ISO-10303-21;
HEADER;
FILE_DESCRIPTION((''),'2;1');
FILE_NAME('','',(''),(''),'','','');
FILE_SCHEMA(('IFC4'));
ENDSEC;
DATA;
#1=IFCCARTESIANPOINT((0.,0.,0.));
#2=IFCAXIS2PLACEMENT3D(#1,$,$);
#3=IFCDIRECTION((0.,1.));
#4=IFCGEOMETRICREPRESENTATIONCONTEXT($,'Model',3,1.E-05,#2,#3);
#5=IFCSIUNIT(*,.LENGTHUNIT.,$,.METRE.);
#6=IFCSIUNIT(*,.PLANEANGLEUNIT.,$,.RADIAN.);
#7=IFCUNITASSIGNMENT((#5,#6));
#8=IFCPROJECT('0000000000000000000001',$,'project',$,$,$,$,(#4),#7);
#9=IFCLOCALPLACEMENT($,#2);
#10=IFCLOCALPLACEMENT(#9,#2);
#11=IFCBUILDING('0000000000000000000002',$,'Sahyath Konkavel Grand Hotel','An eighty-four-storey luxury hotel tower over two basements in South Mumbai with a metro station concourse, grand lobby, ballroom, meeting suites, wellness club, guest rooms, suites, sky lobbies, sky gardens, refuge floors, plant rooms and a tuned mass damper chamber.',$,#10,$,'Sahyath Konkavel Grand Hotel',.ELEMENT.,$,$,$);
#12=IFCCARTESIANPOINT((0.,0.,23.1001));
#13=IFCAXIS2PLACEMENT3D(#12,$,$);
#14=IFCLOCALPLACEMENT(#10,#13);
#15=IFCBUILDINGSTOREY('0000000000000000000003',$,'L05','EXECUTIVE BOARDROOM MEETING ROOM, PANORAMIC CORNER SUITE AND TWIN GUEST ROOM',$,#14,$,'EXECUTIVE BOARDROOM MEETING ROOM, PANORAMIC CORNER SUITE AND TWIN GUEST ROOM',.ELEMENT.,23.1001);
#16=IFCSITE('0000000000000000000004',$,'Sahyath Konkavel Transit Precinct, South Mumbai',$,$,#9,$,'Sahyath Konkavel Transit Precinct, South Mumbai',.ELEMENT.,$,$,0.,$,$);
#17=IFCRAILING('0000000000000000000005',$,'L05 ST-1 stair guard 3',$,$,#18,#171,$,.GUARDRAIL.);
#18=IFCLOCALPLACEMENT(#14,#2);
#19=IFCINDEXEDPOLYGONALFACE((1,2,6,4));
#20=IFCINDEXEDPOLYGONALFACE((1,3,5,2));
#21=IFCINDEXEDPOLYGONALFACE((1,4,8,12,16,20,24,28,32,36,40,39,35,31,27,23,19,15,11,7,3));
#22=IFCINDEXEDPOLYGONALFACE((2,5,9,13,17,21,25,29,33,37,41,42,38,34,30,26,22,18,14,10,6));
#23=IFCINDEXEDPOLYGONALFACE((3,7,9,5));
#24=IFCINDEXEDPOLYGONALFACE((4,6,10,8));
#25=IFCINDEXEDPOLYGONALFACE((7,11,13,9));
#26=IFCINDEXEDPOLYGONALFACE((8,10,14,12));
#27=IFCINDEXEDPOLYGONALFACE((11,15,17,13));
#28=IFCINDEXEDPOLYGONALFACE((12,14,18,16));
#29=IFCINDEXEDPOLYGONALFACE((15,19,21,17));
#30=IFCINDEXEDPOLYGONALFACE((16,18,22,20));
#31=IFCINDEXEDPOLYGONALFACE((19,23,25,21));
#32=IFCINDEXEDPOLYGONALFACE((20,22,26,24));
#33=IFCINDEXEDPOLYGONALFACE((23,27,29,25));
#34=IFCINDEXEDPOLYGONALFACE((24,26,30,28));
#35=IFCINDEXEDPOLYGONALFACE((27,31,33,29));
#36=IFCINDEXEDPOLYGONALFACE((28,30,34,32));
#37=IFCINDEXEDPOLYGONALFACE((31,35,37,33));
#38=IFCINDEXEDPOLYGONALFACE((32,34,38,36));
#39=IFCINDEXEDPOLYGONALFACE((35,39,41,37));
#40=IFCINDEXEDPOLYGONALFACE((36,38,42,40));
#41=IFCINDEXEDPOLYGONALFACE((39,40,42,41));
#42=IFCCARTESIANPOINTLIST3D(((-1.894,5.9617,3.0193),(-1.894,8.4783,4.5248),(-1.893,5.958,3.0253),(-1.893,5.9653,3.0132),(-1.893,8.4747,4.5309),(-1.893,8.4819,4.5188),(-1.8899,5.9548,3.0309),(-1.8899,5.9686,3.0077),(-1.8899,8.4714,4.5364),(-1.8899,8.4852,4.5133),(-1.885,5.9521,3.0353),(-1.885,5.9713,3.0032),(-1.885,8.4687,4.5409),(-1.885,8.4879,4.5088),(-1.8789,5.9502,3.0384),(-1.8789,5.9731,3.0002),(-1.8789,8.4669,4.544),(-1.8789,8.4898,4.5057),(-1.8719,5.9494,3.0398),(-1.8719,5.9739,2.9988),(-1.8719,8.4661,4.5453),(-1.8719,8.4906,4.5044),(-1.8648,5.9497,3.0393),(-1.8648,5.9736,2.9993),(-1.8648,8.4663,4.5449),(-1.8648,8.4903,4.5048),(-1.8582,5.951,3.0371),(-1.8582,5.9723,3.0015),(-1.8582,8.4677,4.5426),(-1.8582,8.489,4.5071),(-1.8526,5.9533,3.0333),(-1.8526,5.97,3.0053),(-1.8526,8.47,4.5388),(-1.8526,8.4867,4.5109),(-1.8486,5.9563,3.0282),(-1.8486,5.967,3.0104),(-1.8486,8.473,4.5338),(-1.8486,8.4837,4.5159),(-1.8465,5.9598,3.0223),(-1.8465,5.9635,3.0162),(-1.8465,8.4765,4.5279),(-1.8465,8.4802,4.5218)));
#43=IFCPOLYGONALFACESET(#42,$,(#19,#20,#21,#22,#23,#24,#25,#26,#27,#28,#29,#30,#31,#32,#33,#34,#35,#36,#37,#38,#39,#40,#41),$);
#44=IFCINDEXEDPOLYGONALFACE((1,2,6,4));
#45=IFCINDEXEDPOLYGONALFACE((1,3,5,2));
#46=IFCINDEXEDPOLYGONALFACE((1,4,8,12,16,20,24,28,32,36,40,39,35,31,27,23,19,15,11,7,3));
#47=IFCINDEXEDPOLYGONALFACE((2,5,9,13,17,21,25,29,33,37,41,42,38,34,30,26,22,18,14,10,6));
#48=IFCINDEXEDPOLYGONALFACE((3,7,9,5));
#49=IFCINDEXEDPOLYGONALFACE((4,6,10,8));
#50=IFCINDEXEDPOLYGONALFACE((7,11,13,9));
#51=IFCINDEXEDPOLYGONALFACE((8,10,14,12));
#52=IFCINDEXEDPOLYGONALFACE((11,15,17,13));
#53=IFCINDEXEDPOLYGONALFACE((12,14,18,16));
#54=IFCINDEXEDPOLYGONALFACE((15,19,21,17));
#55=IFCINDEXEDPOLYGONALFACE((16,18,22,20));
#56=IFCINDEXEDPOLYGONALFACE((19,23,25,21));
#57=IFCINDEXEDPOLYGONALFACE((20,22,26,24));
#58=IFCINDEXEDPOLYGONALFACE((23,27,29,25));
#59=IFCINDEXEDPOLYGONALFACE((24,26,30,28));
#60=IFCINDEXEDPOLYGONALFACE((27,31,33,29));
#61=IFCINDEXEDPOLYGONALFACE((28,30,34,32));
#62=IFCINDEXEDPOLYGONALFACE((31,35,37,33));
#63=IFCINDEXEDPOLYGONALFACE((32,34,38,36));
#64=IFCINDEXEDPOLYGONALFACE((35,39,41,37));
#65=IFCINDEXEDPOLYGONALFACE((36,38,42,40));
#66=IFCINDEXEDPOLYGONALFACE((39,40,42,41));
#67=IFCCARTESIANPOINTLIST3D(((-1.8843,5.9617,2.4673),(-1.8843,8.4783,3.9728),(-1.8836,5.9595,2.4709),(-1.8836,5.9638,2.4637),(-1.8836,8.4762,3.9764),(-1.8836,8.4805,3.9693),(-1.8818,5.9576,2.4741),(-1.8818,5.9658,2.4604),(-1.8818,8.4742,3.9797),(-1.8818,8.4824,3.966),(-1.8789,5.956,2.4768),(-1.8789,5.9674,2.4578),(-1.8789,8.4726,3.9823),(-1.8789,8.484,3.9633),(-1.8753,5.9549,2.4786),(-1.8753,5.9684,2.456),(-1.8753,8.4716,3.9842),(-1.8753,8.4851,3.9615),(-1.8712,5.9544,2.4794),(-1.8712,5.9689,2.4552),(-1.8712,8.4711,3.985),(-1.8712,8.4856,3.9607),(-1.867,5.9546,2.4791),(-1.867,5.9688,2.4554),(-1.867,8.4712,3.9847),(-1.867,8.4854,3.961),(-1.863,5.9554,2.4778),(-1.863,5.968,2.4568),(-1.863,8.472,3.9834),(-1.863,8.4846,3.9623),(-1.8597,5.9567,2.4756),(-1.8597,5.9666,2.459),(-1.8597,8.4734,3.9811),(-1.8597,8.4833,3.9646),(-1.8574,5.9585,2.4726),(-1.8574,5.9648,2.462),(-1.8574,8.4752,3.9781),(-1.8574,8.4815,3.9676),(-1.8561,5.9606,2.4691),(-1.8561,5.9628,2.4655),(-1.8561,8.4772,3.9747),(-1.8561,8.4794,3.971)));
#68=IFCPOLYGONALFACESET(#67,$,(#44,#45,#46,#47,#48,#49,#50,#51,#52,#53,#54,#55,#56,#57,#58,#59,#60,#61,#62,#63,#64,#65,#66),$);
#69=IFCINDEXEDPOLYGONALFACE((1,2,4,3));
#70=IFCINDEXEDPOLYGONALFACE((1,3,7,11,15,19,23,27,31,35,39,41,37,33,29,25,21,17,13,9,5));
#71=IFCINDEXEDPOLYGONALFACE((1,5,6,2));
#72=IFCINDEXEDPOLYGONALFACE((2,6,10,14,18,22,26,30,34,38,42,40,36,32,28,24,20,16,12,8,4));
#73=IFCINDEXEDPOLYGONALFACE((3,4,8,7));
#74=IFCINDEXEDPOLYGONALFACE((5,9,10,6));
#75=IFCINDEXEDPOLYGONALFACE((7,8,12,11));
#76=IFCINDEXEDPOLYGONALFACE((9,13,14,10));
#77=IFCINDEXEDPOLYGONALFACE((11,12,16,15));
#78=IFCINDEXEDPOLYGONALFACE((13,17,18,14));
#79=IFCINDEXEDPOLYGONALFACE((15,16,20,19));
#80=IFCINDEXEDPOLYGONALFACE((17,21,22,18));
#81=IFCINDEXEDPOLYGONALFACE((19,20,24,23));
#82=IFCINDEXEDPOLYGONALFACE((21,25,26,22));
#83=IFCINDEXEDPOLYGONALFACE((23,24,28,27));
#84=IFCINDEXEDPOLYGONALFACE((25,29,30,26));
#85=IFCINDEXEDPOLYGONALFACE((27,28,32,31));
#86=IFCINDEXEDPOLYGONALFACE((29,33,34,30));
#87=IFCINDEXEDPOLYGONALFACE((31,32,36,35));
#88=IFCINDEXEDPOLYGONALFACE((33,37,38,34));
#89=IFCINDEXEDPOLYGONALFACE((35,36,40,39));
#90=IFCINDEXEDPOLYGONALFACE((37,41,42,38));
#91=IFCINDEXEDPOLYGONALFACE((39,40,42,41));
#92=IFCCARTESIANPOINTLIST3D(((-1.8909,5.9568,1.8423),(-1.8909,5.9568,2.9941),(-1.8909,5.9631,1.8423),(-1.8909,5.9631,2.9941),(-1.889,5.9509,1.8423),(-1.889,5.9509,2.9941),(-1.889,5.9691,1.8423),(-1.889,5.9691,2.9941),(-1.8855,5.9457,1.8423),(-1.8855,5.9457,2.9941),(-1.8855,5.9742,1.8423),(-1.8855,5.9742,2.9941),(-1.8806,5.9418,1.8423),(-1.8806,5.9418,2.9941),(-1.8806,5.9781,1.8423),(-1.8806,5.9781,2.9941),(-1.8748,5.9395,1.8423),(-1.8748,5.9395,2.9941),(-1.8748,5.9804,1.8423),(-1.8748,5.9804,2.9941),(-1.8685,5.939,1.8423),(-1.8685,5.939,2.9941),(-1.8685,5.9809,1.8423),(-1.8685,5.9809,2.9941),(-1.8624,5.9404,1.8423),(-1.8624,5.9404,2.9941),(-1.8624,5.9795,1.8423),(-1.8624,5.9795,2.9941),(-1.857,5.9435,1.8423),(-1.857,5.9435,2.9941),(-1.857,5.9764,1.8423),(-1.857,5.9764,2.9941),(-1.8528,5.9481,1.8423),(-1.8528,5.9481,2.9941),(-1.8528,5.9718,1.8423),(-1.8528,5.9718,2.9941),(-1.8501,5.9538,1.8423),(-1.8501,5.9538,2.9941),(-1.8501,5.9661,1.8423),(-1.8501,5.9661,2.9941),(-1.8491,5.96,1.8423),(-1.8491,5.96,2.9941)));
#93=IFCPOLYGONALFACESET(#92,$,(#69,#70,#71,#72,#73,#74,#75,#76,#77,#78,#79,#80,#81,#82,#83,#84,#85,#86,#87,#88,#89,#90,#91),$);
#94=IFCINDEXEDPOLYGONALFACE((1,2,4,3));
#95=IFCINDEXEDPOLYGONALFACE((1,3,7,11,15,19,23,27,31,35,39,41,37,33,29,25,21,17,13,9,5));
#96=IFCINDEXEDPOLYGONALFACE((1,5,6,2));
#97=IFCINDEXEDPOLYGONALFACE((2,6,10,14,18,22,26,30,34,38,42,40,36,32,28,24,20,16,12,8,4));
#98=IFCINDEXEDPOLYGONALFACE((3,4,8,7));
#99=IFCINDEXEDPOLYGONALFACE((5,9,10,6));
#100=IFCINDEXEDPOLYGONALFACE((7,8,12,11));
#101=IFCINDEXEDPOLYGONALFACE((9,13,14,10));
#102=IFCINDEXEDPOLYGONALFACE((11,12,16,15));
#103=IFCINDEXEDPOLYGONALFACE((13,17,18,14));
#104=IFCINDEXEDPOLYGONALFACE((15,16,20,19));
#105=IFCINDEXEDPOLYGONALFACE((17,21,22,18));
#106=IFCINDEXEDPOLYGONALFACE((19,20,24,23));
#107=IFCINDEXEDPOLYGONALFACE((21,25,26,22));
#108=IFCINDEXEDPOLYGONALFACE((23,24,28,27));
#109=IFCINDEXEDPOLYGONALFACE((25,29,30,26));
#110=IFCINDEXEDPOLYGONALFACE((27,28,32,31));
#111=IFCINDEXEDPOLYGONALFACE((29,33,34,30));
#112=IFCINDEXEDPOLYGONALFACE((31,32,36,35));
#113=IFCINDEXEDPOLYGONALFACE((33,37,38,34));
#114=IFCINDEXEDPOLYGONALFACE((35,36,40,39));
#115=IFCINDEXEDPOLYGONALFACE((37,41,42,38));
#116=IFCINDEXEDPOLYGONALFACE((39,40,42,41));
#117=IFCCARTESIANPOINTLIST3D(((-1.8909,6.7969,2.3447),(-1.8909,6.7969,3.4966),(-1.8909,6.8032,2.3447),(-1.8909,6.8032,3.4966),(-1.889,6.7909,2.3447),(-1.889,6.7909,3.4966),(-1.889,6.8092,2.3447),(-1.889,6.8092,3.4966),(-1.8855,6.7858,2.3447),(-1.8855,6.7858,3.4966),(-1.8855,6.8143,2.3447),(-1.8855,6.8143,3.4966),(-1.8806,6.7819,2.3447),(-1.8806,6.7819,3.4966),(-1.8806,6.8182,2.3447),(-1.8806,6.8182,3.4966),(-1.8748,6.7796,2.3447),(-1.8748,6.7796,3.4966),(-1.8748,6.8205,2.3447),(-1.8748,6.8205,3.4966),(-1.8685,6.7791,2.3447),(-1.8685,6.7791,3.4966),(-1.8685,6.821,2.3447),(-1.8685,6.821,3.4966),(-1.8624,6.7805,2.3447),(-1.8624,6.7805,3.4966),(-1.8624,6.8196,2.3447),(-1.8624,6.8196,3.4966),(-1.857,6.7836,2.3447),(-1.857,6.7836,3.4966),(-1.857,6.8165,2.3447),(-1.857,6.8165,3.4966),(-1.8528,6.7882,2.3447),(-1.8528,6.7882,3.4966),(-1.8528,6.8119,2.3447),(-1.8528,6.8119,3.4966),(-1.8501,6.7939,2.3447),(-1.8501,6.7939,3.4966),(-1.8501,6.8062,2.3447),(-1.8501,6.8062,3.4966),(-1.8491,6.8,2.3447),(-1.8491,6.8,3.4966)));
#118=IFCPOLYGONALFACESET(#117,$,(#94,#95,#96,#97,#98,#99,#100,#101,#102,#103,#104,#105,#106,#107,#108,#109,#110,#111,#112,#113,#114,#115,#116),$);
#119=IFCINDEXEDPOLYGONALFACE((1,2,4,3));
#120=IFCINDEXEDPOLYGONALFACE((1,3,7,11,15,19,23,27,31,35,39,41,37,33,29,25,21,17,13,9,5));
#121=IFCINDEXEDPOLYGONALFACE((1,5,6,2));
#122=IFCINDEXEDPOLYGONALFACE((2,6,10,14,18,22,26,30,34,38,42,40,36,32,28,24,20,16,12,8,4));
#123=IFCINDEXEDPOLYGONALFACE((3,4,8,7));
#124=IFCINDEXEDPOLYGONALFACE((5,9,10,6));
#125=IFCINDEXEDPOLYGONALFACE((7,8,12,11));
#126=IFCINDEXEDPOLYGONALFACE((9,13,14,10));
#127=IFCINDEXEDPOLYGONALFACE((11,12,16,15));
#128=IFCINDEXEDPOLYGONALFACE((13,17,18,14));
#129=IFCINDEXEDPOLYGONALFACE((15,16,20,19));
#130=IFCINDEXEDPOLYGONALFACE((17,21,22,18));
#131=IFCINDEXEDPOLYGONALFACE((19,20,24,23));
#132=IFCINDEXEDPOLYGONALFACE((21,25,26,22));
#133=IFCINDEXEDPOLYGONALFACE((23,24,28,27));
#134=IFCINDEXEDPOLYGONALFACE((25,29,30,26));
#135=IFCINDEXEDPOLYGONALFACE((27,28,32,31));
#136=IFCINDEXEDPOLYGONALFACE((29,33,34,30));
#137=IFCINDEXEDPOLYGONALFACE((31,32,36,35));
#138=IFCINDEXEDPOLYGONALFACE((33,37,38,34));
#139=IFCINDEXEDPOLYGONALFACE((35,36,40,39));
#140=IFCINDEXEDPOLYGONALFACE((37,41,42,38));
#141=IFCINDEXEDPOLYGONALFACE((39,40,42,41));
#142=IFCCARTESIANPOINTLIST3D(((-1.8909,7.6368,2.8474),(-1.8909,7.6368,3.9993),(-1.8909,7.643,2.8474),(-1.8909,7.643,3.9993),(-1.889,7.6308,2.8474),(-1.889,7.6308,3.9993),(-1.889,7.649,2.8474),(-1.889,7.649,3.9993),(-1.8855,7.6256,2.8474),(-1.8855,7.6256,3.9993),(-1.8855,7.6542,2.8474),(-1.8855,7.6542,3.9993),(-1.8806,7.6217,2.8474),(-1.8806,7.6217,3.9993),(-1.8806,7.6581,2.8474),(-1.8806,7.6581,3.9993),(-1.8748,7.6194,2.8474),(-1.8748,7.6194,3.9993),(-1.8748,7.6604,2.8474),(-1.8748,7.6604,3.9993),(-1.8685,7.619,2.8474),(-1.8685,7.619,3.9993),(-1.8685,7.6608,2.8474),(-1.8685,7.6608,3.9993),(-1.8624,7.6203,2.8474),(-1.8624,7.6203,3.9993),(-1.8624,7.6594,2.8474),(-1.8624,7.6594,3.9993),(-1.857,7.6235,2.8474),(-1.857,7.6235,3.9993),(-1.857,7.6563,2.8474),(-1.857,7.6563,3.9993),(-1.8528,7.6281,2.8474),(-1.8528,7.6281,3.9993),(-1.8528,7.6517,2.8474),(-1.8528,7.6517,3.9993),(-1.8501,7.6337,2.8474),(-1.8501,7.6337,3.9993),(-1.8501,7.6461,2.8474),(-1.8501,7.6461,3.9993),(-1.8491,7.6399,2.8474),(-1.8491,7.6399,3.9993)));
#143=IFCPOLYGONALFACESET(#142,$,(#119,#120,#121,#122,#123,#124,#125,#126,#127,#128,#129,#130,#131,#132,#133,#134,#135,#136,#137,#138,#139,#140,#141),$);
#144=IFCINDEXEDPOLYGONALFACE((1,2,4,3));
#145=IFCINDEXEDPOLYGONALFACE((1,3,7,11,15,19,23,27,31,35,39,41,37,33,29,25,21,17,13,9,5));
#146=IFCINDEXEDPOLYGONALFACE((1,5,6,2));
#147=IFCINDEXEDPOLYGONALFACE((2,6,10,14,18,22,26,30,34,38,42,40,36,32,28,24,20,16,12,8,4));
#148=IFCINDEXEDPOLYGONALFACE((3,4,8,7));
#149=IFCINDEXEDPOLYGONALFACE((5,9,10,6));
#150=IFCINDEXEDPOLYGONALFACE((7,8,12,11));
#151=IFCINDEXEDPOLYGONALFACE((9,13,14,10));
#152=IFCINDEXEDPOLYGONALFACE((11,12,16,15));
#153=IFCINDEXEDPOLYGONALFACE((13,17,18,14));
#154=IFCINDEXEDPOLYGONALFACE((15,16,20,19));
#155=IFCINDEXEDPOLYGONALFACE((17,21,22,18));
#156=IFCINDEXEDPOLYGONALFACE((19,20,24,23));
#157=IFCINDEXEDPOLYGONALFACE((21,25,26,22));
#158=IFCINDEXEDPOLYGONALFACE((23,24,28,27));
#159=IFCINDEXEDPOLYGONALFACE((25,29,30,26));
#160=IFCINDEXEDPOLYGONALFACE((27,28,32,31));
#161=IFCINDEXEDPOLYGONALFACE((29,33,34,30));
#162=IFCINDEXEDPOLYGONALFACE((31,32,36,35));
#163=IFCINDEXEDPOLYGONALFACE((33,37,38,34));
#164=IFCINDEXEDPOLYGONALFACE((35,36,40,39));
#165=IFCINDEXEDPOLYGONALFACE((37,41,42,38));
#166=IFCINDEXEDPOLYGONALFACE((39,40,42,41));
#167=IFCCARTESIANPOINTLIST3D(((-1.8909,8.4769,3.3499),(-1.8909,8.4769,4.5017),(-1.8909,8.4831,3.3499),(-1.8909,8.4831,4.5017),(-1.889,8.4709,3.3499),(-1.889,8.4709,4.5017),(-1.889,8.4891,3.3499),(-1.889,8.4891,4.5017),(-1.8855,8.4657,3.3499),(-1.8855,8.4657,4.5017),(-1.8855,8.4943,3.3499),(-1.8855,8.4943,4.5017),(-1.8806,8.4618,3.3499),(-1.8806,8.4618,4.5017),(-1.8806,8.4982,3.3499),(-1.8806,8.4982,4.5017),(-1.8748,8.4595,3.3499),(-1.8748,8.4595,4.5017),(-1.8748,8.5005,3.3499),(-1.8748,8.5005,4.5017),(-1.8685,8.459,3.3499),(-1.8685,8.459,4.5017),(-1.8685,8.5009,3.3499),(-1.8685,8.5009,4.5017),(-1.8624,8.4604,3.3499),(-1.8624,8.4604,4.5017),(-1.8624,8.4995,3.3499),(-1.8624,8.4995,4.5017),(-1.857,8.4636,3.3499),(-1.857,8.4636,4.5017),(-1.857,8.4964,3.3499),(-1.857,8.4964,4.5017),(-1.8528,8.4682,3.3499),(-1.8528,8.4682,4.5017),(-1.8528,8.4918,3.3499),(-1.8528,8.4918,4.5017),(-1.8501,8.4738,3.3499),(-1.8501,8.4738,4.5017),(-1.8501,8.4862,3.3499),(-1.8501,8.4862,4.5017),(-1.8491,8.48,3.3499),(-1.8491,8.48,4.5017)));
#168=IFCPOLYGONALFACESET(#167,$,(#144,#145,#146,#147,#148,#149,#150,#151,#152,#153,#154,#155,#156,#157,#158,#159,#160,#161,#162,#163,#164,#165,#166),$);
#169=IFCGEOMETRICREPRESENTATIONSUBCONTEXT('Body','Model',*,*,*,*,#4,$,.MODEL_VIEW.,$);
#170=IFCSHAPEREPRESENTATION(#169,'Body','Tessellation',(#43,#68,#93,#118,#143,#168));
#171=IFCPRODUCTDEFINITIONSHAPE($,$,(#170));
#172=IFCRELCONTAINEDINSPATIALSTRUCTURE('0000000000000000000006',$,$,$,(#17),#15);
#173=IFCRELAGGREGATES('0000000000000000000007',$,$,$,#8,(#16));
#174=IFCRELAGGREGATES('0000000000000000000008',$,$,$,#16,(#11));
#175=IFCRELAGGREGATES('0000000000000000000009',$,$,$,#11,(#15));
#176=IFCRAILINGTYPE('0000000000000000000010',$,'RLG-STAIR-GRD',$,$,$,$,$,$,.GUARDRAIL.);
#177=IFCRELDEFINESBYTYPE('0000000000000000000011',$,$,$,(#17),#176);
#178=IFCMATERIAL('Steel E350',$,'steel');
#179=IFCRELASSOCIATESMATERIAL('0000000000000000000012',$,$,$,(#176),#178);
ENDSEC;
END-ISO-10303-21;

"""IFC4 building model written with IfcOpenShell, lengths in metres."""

from ifc_helpers import new_model, si_unit, direction, frame, origin, origin_2d, place, context, subcontext, project, spatial, circle, extrude, material, type_object, element, save


model = new_model("IFC4")

# Units and contexts
model_context = context("Model", 3, precision=1e-05, world=origin(), true_north=direction((0.0, 1.0)))
body_context = subcontext(model_context, "Body", "Model", "MODEL_VIEW")
ifc_project = project(units=[si_unit("LENGTHUNIT", "METRE"), si_unit("PLANEANGLEUNIT", "RADIAN")], contexts=[model_context])

# Site, building, storey
site_placement = place(None, origin())
site = spatial("IfcSite", under=ifc_project, at=site_placement, Name="Sahyath Konkavel Transit Precinct, South Mumbai", LongName="Sahyath Konkavel Transit Precinct, South Mumbai", CompositionType="ELEMENT", RefElevation=0.0)
building_placement = place(site_placement, origin())
building = spatial("IfcBuilding", under=site, at=building_placement, Name="Sahyath Konkavel Grand Hotel", Description="An eighty-four-storey luxury hotel tower over two basements in South Mumbai with a metro station concourse, grand lobby, ballroom, meeting suites, wellness club, guest rooms, suites, sky lobbies, sky gardens, refuge floors, plant rooms and a tuned mass damper chamber.", LongName="Sahyath Konkavel Grand Hotel", CompositionType="ELEMENT")
storey_placement = place(building_placement, frame((0.0, 0.0, 23.1001)))
storey = spatial("IfcBuildingStorey", under=building, at=storey_placement, Name="L05", Description="EXECUTIVE BOARDROOM MEETING ROOM, PANORAMIC CORNER SUITE AND TWIN GUEST ROOM", LongName="EXECUTIVE BOARDROOM MEETING ROOM, PANORAMIC CORNER SUITE AND TWIN GUEST ROOM", CompositionType="ELEMENT", Elevation=23.1001)

# Shared definitions
ifc_material_1 = material(Name="Steel E350", Category="steel")

# Railing
railing_type_1 = type_object("IfcRailingType", Name="RLG-STAIR-GRD", PredefinedType="GUARDRAIL", material=ifc_material_1)
railing_1_placement = place(storey_placement, frame((-1.8701, 5.96, 1.8423)))
element("IfcRailing", 1, at=railing_1_placement, inside=storey, type_object=railing_type_1, Name="L05 ST-1 stair guard 3", PredefinedType="GUARDRAIL", context=body_context, shape_type="SweptSolid", body=[
    extrude(circle(Radius=0.0239, at=origin_2d()), frame((0.0, 0.0017, 1.177), z_axis=(0.0, 0.85816, 0.513383), x_axis=(-1.0, 0.0, 0.0)), (0.0, 0.0, 1.0), 2.9326),
    extrude(circle(Radius=0.0142, at=origin_2d()), frame((0.0, 0.0017, 0.625), z_axis=(0.0, 0.85816, 0.513383), x_axis=(-1.0, 0.0, 0.0)), (0.0, 0.0, 1.0), 2.9326),
    extrude(circle(Radius=0.021, at=origin_2d()), origin(), (0.0, 0.0, 1.0), 1.1519),
    extrude(circle(Radius=0.021, at=origin_2d()), frame((0.0, 0.8401, 0.5024)), (0.0, 0.0, 1.0), 1.1519),
    extrude(circle(Radius=0.021, at=origin_2d()), frame((0.0, 1.6799, 1.0051)), (0.0, 0.0, 1.0), 1.1519),
    extrude(circle(Radius=0.021, at=origin_2d()), frame((0.0, 2.52, 1.5076)), (0.0, 0.0, 1.0), 1.1519),
])

save(model, "model.ifc")
